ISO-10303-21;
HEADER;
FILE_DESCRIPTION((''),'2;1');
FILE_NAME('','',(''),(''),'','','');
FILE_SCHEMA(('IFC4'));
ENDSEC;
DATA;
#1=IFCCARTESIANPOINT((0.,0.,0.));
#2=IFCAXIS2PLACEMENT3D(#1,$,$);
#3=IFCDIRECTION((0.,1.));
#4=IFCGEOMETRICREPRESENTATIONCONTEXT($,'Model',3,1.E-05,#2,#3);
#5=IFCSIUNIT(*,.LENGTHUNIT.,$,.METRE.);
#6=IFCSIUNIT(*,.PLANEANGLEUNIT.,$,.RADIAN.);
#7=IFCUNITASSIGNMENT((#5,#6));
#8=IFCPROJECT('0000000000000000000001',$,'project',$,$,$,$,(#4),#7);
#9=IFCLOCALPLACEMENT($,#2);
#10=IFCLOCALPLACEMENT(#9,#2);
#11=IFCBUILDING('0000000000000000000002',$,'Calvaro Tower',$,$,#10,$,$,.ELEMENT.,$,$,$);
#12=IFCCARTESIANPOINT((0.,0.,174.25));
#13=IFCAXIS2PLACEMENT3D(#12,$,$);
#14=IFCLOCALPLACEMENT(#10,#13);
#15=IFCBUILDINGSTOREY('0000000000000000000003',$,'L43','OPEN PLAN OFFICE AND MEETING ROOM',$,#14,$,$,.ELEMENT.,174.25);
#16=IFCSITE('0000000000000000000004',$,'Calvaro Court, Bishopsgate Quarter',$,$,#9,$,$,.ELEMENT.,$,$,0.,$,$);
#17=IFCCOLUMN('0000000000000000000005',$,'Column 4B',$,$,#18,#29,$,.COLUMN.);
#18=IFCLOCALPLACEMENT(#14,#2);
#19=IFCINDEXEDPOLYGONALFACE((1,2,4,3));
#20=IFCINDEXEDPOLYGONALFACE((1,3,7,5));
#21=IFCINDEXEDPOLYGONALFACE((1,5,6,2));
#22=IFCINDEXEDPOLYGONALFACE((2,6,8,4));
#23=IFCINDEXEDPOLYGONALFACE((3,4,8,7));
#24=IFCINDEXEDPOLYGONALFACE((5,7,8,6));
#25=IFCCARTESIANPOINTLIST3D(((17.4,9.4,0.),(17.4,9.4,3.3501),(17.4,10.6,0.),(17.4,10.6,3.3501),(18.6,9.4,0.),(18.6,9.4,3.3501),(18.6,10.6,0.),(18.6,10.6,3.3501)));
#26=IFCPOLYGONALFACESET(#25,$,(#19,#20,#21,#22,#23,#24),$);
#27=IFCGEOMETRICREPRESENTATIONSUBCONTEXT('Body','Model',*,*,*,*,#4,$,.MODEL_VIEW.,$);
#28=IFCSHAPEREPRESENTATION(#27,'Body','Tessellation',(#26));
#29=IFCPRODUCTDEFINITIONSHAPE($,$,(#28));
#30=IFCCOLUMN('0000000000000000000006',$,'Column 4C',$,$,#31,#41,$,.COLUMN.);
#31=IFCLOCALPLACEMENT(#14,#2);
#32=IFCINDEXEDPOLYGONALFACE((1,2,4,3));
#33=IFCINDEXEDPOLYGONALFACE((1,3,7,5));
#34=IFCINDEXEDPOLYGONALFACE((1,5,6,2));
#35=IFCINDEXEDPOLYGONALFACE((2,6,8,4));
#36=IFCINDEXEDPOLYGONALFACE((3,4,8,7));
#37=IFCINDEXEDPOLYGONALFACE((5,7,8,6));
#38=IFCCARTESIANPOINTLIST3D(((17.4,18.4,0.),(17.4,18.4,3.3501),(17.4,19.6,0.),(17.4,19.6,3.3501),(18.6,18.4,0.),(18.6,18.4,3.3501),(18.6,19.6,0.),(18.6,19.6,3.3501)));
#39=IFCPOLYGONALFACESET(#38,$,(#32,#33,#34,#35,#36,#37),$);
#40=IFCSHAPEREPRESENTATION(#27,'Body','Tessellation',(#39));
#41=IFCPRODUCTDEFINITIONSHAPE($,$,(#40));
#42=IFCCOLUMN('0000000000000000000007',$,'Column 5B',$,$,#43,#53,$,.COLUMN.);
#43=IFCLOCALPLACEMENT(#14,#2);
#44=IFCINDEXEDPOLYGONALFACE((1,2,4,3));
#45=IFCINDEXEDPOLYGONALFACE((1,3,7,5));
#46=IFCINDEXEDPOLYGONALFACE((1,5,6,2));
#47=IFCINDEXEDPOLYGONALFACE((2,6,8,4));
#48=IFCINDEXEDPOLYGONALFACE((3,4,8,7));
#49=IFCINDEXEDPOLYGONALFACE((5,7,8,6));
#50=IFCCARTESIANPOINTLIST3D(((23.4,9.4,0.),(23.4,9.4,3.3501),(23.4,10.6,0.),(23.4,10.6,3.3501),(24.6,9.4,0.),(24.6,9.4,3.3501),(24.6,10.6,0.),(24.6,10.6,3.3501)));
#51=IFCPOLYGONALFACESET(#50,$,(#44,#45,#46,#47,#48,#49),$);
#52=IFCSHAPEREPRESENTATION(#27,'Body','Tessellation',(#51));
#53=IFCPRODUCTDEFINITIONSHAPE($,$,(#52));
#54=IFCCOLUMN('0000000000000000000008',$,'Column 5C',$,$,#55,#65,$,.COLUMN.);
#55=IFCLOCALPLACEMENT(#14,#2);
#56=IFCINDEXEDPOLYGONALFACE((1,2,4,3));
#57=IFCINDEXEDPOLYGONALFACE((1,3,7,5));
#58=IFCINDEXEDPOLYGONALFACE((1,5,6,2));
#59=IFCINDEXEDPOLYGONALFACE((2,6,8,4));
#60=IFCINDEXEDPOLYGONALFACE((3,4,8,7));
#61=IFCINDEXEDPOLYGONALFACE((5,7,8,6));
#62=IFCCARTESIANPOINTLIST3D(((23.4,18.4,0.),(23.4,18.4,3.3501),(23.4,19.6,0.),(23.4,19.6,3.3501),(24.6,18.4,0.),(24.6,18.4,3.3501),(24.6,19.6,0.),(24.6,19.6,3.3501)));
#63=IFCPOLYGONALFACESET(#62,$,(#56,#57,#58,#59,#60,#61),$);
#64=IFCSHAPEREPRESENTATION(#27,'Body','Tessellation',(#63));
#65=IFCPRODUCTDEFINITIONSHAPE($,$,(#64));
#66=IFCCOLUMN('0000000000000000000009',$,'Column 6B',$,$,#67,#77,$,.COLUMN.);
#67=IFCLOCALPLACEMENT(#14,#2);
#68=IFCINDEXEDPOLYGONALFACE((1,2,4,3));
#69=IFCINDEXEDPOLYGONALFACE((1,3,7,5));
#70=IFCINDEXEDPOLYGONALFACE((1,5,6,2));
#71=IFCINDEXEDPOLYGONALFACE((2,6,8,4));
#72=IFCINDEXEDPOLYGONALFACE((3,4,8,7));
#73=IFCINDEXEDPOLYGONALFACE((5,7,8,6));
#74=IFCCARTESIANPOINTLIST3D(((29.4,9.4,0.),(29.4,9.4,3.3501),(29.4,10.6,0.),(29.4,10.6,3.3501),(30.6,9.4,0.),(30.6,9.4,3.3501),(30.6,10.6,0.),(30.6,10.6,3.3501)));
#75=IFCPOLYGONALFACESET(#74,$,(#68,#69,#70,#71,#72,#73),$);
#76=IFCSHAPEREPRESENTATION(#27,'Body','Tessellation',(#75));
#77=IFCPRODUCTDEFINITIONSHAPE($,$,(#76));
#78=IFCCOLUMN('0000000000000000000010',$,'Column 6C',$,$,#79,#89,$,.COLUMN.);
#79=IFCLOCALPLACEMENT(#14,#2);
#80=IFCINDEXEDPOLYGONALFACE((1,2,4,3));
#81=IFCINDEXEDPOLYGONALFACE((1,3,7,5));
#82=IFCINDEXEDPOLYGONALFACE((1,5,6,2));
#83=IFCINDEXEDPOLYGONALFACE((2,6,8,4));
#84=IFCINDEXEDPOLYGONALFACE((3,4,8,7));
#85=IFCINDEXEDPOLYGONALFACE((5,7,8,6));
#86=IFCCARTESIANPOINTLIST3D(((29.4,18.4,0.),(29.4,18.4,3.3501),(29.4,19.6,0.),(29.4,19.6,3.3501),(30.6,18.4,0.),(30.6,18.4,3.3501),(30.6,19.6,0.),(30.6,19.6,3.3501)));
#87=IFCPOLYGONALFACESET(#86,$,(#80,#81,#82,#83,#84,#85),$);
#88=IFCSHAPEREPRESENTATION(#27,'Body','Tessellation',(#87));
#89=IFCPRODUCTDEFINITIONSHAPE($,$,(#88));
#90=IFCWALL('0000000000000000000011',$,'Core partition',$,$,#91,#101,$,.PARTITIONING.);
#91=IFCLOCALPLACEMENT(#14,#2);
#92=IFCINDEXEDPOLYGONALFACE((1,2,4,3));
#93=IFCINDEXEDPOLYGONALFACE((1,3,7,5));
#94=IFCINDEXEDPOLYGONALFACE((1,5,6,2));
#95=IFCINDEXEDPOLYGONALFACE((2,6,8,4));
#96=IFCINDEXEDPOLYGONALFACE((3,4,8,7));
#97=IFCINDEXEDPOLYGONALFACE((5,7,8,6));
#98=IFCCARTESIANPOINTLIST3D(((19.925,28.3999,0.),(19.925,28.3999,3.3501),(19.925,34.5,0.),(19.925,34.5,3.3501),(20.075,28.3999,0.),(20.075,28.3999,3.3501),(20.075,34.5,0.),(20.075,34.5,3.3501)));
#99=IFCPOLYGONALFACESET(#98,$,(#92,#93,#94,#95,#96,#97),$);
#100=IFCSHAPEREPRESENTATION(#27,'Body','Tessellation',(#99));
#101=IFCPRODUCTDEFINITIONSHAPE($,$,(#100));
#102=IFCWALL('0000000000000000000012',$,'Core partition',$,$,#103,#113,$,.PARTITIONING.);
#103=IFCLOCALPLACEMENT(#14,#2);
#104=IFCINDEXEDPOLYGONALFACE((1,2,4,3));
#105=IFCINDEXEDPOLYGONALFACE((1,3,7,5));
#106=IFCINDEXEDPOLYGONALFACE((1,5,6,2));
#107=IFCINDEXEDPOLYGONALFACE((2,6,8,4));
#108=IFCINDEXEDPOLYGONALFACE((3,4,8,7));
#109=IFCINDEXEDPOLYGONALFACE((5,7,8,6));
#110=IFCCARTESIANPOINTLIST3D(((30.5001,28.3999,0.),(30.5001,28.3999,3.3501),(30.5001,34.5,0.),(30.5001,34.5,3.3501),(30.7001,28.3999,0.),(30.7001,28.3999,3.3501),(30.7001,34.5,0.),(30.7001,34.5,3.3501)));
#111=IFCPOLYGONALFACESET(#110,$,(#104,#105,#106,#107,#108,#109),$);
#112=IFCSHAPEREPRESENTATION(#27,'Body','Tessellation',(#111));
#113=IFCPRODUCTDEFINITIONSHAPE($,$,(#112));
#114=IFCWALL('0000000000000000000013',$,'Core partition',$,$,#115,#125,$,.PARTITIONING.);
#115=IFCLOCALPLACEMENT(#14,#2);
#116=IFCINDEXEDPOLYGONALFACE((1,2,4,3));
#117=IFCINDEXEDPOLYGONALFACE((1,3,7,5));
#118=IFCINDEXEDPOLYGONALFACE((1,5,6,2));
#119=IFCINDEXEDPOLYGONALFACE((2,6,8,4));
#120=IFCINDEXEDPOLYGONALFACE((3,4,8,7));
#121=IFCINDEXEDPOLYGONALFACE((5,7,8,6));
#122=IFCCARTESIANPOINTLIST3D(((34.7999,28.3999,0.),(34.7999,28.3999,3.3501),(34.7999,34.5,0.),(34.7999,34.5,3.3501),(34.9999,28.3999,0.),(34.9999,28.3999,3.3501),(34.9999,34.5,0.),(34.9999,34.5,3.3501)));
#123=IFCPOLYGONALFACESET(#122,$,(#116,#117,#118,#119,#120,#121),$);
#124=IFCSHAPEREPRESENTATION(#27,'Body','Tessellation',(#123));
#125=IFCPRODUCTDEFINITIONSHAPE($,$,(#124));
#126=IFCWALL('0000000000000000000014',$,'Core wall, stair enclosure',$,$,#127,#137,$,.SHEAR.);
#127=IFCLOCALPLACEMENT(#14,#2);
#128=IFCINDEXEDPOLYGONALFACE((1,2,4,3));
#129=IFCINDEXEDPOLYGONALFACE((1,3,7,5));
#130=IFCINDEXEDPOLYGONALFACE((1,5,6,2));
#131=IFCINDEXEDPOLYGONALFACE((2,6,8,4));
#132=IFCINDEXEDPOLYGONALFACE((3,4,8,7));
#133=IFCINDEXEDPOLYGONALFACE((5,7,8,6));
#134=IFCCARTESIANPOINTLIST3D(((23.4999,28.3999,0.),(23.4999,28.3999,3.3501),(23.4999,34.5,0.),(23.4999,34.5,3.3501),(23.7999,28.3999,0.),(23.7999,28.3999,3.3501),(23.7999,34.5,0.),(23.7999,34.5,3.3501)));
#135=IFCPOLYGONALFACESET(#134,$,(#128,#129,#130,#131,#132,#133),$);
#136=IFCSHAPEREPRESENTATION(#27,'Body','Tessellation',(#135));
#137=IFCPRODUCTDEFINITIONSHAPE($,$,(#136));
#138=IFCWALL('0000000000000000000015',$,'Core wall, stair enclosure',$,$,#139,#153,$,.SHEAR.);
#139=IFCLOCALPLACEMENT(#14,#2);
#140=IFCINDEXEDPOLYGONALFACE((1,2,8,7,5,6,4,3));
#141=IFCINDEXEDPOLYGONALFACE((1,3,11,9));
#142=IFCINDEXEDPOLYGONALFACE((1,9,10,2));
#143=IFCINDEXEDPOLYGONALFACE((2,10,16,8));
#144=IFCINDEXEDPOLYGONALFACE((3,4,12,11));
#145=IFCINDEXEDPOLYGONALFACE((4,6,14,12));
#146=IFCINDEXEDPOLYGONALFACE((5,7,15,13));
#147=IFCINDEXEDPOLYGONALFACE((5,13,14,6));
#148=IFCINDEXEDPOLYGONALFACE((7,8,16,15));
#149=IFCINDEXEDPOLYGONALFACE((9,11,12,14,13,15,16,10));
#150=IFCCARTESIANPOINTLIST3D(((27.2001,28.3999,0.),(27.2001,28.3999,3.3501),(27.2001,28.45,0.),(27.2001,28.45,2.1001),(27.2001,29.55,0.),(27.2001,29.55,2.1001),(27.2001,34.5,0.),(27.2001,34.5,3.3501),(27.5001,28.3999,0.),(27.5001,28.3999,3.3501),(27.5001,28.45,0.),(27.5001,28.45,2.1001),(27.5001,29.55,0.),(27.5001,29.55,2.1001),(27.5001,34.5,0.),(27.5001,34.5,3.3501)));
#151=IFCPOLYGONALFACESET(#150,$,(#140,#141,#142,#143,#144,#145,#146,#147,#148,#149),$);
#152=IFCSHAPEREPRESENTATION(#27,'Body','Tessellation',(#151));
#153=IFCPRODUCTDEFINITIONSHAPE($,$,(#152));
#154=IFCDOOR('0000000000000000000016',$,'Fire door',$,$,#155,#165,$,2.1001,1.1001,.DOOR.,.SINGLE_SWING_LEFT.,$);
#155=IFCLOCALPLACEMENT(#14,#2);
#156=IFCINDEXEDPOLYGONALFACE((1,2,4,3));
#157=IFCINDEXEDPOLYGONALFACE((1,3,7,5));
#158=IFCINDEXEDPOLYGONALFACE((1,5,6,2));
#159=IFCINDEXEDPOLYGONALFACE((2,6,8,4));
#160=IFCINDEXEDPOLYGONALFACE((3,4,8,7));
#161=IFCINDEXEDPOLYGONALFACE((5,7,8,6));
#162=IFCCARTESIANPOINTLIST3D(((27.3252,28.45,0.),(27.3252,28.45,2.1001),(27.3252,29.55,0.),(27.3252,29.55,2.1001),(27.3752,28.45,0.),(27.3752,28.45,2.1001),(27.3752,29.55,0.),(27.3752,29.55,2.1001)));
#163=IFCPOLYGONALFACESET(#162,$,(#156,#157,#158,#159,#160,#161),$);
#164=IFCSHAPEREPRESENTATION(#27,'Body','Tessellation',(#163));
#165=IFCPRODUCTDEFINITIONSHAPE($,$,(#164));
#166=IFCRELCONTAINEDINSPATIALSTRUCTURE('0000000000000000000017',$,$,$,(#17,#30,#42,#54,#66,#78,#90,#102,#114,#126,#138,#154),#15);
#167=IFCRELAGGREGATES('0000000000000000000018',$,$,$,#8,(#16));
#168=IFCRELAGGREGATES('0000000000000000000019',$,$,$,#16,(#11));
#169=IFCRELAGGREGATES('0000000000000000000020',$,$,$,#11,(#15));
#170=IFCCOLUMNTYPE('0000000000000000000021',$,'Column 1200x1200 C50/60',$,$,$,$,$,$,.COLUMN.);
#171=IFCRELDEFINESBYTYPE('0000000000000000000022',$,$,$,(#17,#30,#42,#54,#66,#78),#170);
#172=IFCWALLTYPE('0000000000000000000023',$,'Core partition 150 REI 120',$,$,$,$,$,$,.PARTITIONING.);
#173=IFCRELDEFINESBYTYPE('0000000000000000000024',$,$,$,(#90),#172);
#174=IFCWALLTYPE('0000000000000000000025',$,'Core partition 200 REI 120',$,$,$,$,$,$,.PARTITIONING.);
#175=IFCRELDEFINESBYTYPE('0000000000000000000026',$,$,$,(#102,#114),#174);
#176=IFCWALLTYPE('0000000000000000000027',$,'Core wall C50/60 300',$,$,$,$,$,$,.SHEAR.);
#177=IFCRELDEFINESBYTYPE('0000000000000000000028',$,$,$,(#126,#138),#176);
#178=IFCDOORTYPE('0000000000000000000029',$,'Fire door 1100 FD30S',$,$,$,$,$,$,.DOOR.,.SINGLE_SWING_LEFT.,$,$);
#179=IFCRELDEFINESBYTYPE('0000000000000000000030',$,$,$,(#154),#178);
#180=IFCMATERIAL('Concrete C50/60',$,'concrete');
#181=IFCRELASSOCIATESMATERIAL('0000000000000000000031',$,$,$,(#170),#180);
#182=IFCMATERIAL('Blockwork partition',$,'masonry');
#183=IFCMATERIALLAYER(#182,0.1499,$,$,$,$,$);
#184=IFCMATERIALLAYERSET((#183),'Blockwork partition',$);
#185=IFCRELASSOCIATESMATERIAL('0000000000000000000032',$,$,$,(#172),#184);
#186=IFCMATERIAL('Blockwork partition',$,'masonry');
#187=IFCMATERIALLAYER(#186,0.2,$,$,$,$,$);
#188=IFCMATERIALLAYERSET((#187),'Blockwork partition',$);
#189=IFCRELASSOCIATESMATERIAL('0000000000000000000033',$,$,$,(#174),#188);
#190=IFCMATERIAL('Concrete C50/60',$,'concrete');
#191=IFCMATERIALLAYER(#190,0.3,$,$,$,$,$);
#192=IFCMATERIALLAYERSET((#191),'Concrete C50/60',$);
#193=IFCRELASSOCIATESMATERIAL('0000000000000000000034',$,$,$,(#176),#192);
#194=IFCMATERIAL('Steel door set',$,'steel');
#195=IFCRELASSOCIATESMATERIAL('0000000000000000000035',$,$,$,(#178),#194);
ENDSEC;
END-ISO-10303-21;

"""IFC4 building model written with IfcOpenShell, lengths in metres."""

from ifc_helpers import new_model, si_unit, direction, frame, frame_2d, origin, origin_2d, place, context, subcontext, project, spatial, rectangle, extrude, material, layer, layer_set, material_profile, profile_set, type_object, element, fill, save


model = new_model("IFC4")

# Units and contexts
model_context = context("Model", 3, precision=1e-05, world=origin(), true_north=direction((0.0, 1.0)))
body_context = subcontext(model_context, "Body", "Model", "MODEL_VIEW")
ifc_project = project(units=[si_unit("LENGTHUNIT", "METRE"), si_unit("PLANEANGLEUNIT", "RADIAN")], contexts=[model_context])

# Site, building, storey
site_placement = place(None, origin())
site = spatial("IfcSite", under=ifc_project, at=site_placement, Name="Calvaro Court, Bishopsgate Quarter", CompositionType="ELEMENT", RefElevation=0.0)
building_placement = place(site_placement, origin())
building = spatial("IfcBuilding", under=site, at=building_placement, Name="Calvaro Tower", CompositionType="ELEMENT")
storey_placement = place(building_placement, frame((0.0, 0.0, 174.25)))
storey = spatial("IfcBuildingStorey", under=building, at=storey_placement, Name="L43", Description="OPEN PLAN OFFICE AND MEETING ROOM", CompositionType="ELEMENT", Elevation=174.25)

# Columns
ifc_material_1 = material(Name="Concrete C50/60", Category="concrete")
ifc_material_profile = material_profile(ifc_material_1, rectangle(XDim=1.2, YDim=1.2, at=origin_2d()), Name="RC 1200x1200")
ifc_profile_set = profile_set([ifc_material_profile], Name="Concrete C50/60")
column_type = type_object("IfcColumnType", Name="Column 1200x1200 C50/60", PredefinedType="COLUMN", material=ifc_profile_set)
for number, where, z_axis, x_axis, name in (
    (1, (18.0, 10.0, 0.0), (0.0, 0.0, 1.0), (1.0, 0.0, 0.0), "Column 4B"),
    (2, (18.0, 19.0, 0.0), (0.0, 0.0, 1.0), (1.0, 0.0, 0.0), "Column 4C"),
    (3, (24.0, 10.0, 0.0), (0.0, 0.0, 1.0), (1.0, 0.0, 0.0), "Column 5B"),
    (4, (24.0, 19.0, 0.0), (0.0, 0.0, 1.0), (1.0, 0.0, 0.0), "Column 5C"),
    (5, (30.0, 10.0, 0.0), (0.0, 0.0, 1.0), (1.0, 0.0, 0.0), "Column 6B"),
    (6, (30.0, 19.0, 0.0), (0.0, 0.0, 1.0), (1.0, 0.0, 0.0), "Column 6C"),
):
    element("IfcColumn", number, at=place(storey_placement, frame(where, z_axis=z_axis, x_axis=x_axis)), inside=storey, type_object=column_type, Name=name, PredefinedType="COLUMN", context=body_context, shape_type="SweptSolid", body=[
        extrude(rectangle(XDim=1.2, YDim=1.2, at=origin_2d()), origin(), (0.0, 0.0, 1.0), 3.3501),
    ])

# Walls
ifc_material_2 = material(Name="Blockwork partition", Category="masonry")
ifc_layer_1 = layer(ifc_material_2, 0.1499)
ifc_layer_set_1 = layer_set([ifc_layer_1], Name="Blockwork partition")
wall_type_1 = type_object("IfcWallType", Name="Core partition 150 REI 120", PredefinedType="PARTITIONING", material=ifc_layer_set_1)
wall_1_placement = place(storey_placement, frame((20.0, 28.3999, 0.0), z_axis=(0.0, 0.0, 1.0), x_axis=(0.0, 1.0, 0.0)))
element("IfcWall", 7, at=wall_1_placement, inside=storey, type_object=wall_type_1, Name="Core partition", PredefinedType="PARTITIONING", context=body_context, shape_type="SweptSolid", body=[
    extrude(rectangle(XDim=6.1001, YDim=0.1499, at=frame_2d((3.05, 0.0))), origin(), (0.0, 0.0, 1.0), 3.3501),
])
ifc_material_3 = material(Name="Blockwork partition", Category="masonry")
ifc_layer_2 = layer(ifc_material_3, 0.2)
ifc_layer_set_2 = layer_set([ifc_layer_2], Name="Blockwork partition")
wall_type_2 = type_object("IfcWallType", Name="Core partition 200 REI 120", PredefinedType="PARTITIONING", material=ifc_layer_set_2)
for number, where, z_axis, x_axis, name in (
    (8, (30.6001, 28.3999, 0.0), (0.0, 0.0, 1.0), (0.0, 1.0, 0.0), "Core partition"),
    (9, (34.8999, 28.3999, 0.0), (0.0, 0.0, 1.0), (0.0, 1.0, 0.0), "Core partition"),
):
    element("IfcWall", number, at=place(storey_placement, frame(where, z_axis=z_axis, x_axis=x_axis)), inside=storey, type_object=wall_type_2, Name=name, PredefinedType="PARTITIONING", context=body_context, shape_type="SweptSolid", body=[
        extrude(rectangle(XDim=6.1001, YDim=0.2, at=frame_2d((3.05, 0.0))), origin(), (0.0, 0.0, 1.0), 3.3501),
    ])
ifc_material_4 = material(Name="Concrete C50/60", Category="concrete")
ifc_layer_3 = layer(ifc_material_4, 0.3)
ifc_layer_set_3 = layer_set([ifc_layer_3], Name="Concrete C50/60")
wall_type_3 = type_object("IfcWallType", Name="Core wall C50/60 300", PredefinedType="SHEAR", material=ifc_layer_set_3)
wall_2_placement = place(storey_placement, frame((23.6499, 28.3999, 0.0), z_axis=(0.0, 0.0, 1.0), x_axis=(0.0, 1.0, 0.0)))
element("IfcWall", 10, at=wall_2_placement, inside=storey, type_object=wall_type_3, Name="Core wall, stair enclosure", PredefinedType="SHEAR", context=body_context, shape_type="SweptSolid", body=[
    extrude(rectangle(XDim=6.1001, YDim=0.3, at=frame_2d((3.05, 0.0))), origin(), (0.0, 0.0, 1.0), 3.3501),
])

# Wall, opening, door
wall_3_placement = place(storey_placement, frame((27.3501, 28.3999, 0.0), z_axis=(0.0, 0.0, 1.0), x_axis=(0.0, 1.0, 0.0)))
wall_3 = element("IfcWall", 11, at=wall_3_placement, inside=storey, type_object=wall_type_3, Name="Core wall, stair enclosure", PredefinedType="SHEAR", context=body_context, shape_type="SweptSolid", body=[
    extrude(rectangle(XDim=6.1001, YDim=0.3, at=frame_2d((3.05, 0.0))), origin(), (0.0, 0.0, 1.0), 3.3501),
])
opening_1_placement = place(wall_3_placement, frame((0.05, 0.0, 0.0)))
opening_1 = element("IfcOpeningElement", 12, at=opening_1_placement, cuts=wall_3, PredefinedType="OPENING", context=body_context, shape_type="SweptSolid", body=[
    extrude(rectangle(XDim=1.1001, YDim=2.1001, at=frame_2d((0.55, 1.05))), frame((0.0, 0.1599, 0.0), z_axis=(0.0, -1.0, 0.0), x_axis=(1.0, 0.0, 0.0)), (0.0, 0.0, 1.0), 0.3201),
])
ifc_material_5 = material(Name="Steel door set", Category="steel")
door_type_1 = type_object("IfcDoorType", Name="Fire door 1100 FD30S", OperationType="SINGLE_SWING_LEFT", PredefinedType="DOOR", material=ifc_material_5)
door_1_placement = place(opening_1_placement, origin())
door_1 = element("IfcDoor", 13, at=door_1_placement, inside=storey, type_object=door_type_1, Name="Fire door", OperationType="SINGLE_SWING_LEFT", OverallHeight=2.1001, OverallWidth=1.1001, PredefinedType="DOOR", context=body_context, shape_type="SweptSolid", body=[
    extrude(rectangle(XDim=1.1001, YDim=2.1001, at=frame_2d((0.55, 1.05))), frame((0.0, 0.0249, 0.0), z_axis=(0.0, -1.0, 0.0), x_axis=(1.0, 0.0, 0.0)), (0.0, 0.0, 1.0), 0.05),
])
fill(opening_1, door_1)

save(model, "model.ifc")
